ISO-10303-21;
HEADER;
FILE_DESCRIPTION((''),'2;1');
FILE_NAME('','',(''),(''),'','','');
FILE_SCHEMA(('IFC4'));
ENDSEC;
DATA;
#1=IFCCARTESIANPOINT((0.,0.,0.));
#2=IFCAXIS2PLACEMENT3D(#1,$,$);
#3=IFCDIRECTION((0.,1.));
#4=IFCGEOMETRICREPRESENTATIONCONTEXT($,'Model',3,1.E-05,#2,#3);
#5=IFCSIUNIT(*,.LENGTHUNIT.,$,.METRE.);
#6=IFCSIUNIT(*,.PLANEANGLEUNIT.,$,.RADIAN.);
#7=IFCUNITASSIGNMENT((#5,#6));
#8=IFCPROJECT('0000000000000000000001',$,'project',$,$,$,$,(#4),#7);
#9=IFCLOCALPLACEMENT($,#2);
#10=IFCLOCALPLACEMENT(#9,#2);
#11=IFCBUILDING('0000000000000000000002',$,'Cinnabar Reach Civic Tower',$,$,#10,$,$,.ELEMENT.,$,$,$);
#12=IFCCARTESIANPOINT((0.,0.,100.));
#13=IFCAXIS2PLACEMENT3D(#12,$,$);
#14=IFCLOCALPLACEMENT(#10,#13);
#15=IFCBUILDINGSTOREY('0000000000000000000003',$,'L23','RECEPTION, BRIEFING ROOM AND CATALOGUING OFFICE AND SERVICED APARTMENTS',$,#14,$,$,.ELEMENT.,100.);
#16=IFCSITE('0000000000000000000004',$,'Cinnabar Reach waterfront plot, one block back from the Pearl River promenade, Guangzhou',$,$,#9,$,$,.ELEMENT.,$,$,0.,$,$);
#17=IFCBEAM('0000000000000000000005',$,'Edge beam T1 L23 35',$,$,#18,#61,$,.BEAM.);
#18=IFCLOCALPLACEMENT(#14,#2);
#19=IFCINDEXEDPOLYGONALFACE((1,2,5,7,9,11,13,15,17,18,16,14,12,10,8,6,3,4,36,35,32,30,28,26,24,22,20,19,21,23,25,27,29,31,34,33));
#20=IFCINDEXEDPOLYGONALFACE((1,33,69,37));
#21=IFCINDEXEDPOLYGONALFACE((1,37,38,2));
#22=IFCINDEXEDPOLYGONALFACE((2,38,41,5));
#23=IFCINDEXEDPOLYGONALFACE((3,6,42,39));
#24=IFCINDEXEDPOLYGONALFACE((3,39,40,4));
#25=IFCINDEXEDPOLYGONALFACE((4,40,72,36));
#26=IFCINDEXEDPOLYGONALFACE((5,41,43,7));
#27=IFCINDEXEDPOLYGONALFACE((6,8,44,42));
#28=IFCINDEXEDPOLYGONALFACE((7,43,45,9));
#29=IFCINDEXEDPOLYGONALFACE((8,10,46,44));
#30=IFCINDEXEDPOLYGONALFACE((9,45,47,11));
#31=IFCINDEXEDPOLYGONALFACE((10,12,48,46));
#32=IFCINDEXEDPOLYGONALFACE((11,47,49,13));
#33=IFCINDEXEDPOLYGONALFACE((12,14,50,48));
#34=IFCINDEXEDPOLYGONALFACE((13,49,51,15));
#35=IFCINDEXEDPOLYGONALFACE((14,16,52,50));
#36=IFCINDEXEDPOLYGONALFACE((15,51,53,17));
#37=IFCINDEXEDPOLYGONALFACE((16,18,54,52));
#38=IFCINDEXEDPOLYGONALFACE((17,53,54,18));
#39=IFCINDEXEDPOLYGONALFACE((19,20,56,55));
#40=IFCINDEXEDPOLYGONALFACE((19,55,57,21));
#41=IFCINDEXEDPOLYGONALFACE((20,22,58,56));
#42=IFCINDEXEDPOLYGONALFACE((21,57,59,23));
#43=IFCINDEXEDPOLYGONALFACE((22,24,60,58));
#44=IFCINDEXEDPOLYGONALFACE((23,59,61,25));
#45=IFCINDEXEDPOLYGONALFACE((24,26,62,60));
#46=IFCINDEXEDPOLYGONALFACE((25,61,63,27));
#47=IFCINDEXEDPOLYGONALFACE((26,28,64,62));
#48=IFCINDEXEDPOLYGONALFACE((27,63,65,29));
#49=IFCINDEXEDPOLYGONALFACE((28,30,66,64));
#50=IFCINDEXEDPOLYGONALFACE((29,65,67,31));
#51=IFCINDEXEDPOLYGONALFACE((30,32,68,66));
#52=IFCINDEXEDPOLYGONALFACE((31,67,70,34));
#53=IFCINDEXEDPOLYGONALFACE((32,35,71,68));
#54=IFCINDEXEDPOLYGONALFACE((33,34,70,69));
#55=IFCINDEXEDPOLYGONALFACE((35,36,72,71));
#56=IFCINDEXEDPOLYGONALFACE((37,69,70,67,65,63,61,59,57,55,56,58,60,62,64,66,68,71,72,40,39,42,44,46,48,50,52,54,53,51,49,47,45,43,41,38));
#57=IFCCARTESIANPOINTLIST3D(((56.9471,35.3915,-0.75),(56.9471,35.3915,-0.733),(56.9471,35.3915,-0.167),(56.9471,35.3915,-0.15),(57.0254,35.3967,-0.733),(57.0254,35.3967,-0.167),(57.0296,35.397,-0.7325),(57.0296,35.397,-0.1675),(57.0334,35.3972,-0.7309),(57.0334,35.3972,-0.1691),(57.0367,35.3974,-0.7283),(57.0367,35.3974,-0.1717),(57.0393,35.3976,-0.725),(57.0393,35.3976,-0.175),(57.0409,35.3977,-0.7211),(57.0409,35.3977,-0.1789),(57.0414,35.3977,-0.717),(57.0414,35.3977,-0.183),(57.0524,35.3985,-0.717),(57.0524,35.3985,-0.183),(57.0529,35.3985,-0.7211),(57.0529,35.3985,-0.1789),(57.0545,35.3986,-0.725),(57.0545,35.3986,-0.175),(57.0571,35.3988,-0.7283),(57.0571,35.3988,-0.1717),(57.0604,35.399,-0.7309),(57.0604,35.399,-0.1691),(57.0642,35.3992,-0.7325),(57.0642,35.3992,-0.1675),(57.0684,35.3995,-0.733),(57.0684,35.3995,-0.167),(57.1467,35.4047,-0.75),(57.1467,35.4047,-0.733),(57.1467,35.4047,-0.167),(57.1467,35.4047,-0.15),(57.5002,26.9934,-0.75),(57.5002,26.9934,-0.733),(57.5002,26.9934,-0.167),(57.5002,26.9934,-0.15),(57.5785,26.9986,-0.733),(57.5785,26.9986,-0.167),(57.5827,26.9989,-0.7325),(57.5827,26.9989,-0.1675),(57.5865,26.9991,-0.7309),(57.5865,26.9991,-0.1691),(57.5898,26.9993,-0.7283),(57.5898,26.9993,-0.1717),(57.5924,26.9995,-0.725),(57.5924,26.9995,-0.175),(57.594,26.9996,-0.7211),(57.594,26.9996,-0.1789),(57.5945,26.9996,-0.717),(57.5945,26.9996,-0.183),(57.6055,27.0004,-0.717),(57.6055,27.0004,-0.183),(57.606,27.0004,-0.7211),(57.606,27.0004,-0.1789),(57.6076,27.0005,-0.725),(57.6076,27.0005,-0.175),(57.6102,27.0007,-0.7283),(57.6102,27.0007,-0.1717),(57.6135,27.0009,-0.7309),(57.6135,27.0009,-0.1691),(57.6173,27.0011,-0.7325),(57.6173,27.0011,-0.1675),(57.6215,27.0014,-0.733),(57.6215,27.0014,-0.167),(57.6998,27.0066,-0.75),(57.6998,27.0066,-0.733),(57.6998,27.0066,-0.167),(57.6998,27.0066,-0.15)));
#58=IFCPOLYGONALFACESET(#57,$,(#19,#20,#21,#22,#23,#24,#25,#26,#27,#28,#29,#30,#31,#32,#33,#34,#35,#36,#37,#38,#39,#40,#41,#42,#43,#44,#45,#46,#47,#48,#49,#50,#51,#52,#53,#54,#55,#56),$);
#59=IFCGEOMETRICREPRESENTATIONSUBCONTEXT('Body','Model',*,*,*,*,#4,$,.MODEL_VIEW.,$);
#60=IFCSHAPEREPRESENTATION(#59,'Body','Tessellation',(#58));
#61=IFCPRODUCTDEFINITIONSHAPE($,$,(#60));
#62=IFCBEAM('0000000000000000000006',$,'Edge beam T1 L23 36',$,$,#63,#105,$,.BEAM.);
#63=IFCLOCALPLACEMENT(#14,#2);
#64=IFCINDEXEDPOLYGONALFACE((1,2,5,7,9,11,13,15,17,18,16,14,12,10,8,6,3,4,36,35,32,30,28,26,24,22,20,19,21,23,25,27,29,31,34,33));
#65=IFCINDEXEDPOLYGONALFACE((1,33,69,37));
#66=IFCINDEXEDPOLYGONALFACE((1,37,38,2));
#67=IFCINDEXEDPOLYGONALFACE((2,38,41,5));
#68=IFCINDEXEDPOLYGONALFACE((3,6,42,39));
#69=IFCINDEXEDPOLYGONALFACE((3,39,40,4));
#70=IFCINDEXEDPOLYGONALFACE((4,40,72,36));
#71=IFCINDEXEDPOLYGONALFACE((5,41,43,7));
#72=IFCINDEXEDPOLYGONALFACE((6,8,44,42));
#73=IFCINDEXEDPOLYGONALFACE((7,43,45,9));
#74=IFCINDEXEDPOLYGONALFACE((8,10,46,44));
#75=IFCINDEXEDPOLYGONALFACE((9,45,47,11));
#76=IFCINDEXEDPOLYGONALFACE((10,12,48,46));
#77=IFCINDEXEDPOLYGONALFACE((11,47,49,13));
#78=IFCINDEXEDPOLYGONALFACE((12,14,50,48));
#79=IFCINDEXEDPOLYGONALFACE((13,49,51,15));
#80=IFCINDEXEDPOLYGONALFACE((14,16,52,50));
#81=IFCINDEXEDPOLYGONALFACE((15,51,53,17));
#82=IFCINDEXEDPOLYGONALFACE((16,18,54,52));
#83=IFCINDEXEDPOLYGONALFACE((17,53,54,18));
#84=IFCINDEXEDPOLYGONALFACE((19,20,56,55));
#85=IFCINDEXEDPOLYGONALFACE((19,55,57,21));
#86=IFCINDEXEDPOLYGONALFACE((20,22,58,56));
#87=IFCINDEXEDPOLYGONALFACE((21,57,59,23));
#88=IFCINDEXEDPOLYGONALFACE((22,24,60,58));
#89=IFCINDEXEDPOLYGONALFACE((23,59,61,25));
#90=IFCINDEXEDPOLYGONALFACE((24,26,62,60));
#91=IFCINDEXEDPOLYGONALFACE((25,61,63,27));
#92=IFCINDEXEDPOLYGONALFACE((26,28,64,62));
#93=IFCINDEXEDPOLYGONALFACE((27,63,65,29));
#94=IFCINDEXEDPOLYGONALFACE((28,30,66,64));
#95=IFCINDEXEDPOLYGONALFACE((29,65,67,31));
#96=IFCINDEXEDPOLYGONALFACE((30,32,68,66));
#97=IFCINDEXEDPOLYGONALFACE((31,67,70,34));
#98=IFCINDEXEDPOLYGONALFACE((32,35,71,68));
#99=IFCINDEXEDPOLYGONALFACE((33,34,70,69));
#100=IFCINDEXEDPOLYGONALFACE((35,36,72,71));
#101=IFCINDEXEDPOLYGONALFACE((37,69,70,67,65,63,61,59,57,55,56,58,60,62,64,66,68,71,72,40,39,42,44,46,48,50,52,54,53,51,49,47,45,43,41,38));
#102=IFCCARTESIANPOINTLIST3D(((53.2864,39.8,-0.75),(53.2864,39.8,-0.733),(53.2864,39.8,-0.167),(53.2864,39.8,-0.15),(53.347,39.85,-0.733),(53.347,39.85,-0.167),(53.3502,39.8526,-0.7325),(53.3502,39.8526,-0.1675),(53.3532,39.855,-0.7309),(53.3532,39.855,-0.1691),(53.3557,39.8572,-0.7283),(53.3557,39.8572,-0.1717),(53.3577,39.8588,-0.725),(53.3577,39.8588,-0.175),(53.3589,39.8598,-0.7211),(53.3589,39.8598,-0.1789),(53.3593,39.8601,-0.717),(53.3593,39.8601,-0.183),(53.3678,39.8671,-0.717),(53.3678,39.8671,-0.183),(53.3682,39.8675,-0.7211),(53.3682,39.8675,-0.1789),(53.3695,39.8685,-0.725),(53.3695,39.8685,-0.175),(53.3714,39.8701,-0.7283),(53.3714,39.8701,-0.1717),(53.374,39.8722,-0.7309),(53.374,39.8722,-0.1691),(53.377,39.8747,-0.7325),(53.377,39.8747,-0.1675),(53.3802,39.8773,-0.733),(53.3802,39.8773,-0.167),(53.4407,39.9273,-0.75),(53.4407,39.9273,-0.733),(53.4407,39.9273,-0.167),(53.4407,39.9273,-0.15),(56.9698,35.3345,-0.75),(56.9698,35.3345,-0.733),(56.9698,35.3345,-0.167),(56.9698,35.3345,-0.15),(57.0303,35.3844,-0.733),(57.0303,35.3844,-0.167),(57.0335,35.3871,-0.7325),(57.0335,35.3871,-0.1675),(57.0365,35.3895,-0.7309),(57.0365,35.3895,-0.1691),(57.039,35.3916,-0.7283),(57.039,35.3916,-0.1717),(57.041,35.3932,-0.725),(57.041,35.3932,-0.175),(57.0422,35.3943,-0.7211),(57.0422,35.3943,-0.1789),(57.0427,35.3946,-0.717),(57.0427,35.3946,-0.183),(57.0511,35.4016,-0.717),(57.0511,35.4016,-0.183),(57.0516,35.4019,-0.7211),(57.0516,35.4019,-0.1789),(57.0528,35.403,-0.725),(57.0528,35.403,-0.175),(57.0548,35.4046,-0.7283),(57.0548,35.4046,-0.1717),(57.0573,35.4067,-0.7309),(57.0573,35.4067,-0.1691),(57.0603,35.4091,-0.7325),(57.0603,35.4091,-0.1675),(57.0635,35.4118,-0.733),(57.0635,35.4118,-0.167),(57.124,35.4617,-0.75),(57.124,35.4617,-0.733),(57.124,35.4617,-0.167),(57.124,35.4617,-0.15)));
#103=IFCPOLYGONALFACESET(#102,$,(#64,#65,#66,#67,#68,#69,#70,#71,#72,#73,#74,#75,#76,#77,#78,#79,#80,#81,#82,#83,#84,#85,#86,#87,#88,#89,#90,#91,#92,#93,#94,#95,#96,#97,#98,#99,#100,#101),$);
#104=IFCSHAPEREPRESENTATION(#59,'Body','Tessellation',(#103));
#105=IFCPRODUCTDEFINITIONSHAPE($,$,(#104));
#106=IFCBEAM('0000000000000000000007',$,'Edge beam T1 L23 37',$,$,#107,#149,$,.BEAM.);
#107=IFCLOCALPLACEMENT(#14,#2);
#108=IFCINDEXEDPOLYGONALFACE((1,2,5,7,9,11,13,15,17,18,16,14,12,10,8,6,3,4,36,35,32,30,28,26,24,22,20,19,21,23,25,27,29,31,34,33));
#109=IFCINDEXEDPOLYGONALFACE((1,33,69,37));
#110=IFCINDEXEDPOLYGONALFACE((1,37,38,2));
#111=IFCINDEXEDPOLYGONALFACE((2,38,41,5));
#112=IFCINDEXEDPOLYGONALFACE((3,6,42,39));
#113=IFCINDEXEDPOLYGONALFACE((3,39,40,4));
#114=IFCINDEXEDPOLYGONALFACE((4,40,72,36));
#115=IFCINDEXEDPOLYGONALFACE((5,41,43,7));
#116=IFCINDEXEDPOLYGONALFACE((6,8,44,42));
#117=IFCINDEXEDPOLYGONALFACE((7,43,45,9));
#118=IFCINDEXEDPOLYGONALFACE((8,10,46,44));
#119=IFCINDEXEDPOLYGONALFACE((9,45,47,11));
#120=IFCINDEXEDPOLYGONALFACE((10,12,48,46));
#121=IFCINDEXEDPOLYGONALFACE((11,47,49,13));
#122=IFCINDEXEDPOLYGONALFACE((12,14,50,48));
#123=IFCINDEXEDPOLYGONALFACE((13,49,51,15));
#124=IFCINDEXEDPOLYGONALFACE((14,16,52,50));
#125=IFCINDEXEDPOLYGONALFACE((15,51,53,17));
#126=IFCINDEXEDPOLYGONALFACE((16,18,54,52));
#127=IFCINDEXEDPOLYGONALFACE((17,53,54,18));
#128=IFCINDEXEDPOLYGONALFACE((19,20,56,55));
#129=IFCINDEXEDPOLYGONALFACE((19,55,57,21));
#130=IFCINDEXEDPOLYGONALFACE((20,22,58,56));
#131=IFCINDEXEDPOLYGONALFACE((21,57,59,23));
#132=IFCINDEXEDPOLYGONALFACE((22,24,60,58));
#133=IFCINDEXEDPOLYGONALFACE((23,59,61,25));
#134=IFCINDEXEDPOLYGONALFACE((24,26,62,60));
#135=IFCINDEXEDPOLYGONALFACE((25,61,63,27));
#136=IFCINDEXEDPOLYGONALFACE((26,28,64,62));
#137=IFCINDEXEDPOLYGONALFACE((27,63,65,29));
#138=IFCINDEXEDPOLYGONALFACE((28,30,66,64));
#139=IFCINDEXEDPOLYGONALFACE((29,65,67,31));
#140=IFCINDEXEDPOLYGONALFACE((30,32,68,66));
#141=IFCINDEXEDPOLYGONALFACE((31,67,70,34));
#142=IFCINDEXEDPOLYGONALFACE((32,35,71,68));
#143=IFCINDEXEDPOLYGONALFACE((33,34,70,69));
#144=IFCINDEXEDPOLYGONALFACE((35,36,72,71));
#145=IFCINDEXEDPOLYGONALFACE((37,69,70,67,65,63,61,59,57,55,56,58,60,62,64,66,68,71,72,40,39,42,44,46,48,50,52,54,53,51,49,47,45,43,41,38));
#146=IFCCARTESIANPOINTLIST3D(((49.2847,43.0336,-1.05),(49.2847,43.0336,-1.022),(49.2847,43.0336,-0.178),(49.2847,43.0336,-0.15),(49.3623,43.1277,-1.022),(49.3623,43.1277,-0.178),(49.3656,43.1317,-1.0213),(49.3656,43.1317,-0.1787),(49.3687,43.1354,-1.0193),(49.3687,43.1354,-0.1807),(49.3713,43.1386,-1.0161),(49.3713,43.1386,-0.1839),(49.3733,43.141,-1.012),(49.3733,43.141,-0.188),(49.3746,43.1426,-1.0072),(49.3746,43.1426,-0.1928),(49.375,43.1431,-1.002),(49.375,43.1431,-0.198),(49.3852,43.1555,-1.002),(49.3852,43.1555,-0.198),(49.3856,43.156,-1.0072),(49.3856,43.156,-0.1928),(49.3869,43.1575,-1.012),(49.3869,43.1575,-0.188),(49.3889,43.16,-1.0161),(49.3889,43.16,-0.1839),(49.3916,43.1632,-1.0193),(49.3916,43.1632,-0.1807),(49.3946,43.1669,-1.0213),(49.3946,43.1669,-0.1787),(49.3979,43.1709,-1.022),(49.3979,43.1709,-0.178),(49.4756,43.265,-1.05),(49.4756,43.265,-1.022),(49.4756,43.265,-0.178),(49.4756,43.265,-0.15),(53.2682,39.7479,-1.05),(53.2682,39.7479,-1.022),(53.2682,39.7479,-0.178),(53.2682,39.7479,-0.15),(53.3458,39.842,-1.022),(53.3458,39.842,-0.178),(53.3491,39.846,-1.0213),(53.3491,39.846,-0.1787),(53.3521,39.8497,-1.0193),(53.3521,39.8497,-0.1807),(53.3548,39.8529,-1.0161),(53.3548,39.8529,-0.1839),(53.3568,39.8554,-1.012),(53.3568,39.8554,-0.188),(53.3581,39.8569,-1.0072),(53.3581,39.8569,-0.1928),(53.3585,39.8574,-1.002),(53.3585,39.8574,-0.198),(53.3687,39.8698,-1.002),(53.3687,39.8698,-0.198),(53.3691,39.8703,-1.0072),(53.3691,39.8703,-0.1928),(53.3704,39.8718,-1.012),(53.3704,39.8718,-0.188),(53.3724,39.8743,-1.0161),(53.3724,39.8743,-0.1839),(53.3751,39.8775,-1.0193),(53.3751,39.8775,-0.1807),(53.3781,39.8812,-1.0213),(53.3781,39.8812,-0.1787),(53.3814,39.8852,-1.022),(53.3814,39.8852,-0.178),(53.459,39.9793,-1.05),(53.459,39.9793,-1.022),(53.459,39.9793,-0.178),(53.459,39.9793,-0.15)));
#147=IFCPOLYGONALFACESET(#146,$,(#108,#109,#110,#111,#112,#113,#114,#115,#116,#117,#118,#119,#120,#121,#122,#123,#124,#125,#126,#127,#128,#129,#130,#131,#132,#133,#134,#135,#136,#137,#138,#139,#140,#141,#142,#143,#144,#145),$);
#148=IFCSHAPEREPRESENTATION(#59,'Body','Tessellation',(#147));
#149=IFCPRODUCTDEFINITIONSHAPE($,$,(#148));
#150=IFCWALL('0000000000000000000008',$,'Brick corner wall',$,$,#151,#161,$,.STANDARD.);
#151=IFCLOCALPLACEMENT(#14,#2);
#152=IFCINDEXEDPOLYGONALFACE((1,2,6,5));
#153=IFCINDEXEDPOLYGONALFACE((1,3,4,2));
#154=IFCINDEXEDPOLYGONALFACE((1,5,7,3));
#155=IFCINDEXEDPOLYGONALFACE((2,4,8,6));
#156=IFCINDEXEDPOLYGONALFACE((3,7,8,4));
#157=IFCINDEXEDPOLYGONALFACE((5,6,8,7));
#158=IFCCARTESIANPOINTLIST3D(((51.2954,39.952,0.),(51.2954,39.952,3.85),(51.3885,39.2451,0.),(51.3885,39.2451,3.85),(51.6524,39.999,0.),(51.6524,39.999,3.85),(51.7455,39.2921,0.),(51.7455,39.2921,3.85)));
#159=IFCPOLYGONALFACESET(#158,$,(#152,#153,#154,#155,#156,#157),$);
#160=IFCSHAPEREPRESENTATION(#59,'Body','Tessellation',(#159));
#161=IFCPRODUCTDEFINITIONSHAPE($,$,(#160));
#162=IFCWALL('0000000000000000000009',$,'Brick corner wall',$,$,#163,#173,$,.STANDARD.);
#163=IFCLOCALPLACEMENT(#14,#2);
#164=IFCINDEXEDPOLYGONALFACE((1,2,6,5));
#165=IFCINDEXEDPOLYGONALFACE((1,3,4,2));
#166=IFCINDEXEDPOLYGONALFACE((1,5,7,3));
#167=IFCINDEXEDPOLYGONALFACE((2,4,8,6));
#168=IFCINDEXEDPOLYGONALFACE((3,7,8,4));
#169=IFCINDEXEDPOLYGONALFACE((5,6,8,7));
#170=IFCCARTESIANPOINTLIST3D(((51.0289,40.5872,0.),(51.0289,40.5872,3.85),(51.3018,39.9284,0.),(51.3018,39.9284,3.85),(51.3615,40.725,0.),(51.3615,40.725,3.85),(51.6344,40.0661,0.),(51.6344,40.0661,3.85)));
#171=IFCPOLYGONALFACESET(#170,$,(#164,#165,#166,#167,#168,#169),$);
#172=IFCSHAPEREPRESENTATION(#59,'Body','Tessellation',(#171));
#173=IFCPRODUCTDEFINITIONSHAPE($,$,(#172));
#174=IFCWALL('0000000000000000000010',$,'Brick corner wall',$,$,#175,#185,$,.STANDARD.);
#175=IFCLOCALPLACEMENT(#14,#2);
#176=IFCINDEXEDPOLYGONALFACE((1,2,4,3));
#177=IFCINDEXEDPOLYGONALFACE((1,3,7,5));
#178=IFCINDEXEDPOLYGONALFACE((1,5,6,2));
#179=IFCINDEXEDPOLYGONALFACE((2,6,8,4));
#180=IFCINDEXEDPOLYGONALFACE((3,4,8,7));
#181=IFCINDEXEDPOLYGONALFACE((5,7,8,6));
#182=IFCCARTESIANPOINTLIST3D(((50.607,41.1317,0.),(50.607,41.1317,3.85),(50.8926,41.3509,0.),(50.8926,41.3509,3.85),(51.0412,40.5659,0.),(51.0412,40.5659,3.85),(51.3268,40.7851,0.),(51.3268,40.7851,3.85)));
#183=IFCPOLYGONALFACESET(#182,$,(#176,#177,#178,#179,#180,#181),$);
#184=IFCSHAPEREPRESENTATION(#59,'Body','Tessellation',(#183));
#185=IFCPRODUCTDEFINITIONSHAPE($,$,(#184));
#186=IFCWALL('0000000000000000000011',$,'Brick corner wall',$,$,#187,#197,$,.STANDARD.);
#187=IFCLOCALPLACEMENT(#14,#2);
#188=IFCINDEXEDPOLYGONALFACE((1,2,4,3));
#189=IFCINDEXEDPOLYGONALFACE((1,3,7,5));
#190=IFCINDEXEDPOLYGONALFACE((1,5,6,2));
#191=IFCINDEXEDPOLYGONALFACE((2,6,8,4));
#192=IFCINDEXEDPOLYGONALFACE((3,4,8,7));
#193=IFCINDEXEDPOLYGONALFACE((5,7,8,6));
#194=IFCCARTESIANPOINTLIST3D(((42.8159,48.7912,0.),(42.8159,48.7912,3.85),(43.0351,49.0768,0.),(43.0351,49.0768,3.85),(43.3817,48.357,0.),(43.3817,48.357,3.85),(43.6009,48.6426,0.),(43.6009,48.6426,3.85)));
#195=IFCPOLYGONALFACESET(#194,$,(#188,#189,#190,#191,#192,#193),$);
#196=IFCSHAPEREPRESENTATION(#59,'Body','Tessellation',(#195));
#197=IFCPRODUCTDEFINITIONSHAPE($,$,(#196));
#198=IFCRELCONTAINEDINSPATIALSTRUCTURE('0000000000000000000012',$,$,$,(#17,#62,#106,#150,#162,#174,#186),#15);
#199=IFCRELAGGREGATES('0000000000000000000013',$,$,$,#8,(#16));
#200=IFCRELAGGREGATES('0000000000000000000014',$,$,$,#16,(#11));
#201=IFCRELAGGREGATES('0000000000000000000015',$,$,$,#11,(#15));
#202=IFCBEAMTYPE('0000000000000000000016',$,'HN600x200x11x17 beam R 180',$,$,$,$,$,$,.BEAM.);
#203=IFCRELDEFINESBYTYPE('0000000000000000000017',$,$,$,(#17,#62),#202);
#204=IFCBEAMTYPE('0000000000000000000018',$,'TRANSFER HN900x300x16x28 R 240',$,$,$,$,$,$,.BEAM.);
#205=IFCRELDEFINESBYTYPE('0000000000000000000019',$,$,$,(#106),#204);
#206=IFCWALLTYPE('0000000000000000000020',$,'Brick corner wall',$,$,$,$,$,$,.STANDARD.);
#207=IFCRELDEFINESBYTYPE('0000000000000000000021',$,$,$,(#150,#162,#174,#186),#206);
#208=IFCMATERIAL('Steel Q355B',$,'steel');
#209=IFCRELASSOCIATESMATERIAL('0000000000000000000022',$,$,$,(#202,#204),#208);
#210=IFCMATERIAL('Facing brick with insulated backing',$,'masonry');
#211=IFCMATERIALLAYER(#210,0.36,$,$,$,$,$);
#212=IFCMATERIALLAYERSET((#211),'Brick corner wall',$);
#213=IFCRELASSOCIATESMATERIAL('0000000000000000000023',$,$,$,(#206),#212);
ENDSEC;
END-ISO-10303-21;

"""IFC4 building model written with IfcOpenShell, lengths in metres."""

from ifc_helpers import new_model, si_unit, direction, frame, frame_2d, origin, origin_2d, place, context, subcontext, project, spatial, rectangle, i_section, extrude, material, layer, layer_set, material_profile, profile_set, type_object, element, save


model = new_model("IFC4")

# Units and contexts
model_context = context("Model", 3, precision=1e-05, world=origin(), true_north=direction((0.0, 1.0)))
body_context = subcontext(model_context, "Body", "Model", "MODEL_VIEW")
ifc_project = project(units=[si_unit("LENGTHUNIT", "METRE"), si_unit("PLANEANGLEUNIT", "RADIAN")], contexts=[model_context])

# Site, building, storey
site_placement = place(None, origin())
site = spatial("IfcSite", under=ifc_project, at=site_placement, Name="Cinnabar Reach waterfront plot, one block back from the Pearl River promenade, Guangzhou", CompositionType="ELEMENT", RefElevation=0.0)
building_placement = place(site_placement, origin())
building = spatial("IfcBuilding", under=site, at=building_placement, Name="Cinnabar Reach Civic Tower", CompositionType="ELEMENT")
storey_placement = place(building_placement, frame((0.0, 0.0, 100.0)))
storey = spatial("IfcBuildingStorey", under=building, at=storey_placement, Name="L23", Description="RECEPTION, BRIEFING ROOM AND CATALOGUING OFFICE AND SERVICED APARTMENTS", CompositionType="ELEMENT", Elevation=100.0)

# Beams
ifc_material_1 = material(Name="Steel Q355B", Category="steel")
ifc_material_profile_1 = material_profile(ifc_material_1, i_section(OverallWidth=0.2, OverallDepth=0.6, WebThickness=0.011, FlangeThickness=0.017, FilletRadius=0.016, at=origin_2d()), Name="HN600x200x11x17")
ifc_profile_set_1 = profile_set([ifc_material_profile_1], Name="Steel Q355B")
beam_type_1 = type_object("IfcBeamType", Name="HN600x200x11x17 beam R 180", PredefinedType="BEAM", material=ifc_profile_set_1)
beam_1_placement = place(storey_placement, frame((57.6, 27.0, -0.45), z_axis=(-0.065718, 0.997838, 0.0), x_axis=(-0.997838, -0.065718, 0.0)))
element("IfcBeam", 1, at=beam_1_placement, inside=storey, type_object=beam_type_1, Name="Edge beam T1 L23 35", PredefinedType="BEAM", context=body_context, shape_type="SweptSolid", body=[
    extrude(i_section(OverallWidth=0.2, OverallDepth=0.6, WebThickness=0.011, FlangeThickness=0.017, FilletRadius=0.016, at=origin_2d()), origin(), (0.0, 0.0, 1.0), 8.4163),
])
beam_2_placement = place(storey_placement, frame((57.0469, 35.3981, -0.45), z_axis=(-0.636307, 0.771436, 0.0), x_axis=(-0.771436, -0.636307, 0.0)))
element("IfcBeam", 2, at=beam_2_placement, inside=storey, type_object=beam_type_1, Name="Edge beam T1 L23 36", PredefinedType="BEAM", context=body_context, shape_type="SweptSolid", body=[
    extrude(i_section(OverallWidth=0.2, OverallDepth=0.6, WebThickness=0.011, FlangeThickness=0.017, FilletRadius=0.016, at=origin_2d()), origin(), (0.0, 0.0, 1.0), 5.7886),
])
ifc_material_profile_2 = material_profile(ifc_material_1, i_section(OverallWidth=0.3, OverallDepth=0.9, WebThickness=0.016, FlangeThickness=0.028, FilletRadius=0.02, at=origin_2d()), Name="HN900x300x16x28")
ifc_profile_set_2 = profile_set([ifc_material_profile_2], Name="Steel Q355B")
beam_type_2 = type_object("IfcBeamType", Name="TRANSFER HN900x300x16x28 R 240", PredefinedType="BEAM", material=ifc_profile_set_2)
beam_3_placement = place(storey_placement, frame((53.3636, 39.8636, -0.6), z_axis=(-0.771439, 0.636304, 0.0), x_axis=(-0.636304, -0.771439, 0.0)))
element("IfcBeam", 3, at=beam_3_placement, inside=storey, type_object=beam_type_2, Name="Edge beam T1 L23 37", PredefinedType="BEAM", context=body_context, shape_type="SweptSolid", body=[
    extrude(i_section(OverallWidth=0.3, OverallDepth=0.9, WebThickness=0.016, FlangeThickness=0.028, FilletRadius=0.02, at=origin_2d()), origin(), (0.0, 0.0, 1.0), 5.1637),
])

# Walls
ifc_material_2 = material(Name="Facing brick with insulated backing", Category="masonry")
ifc_layer_1 = layer(ifc_material_2, 0.36)
ifc_layer_set_1 = layer_set([ifc_layer_1], Name="Brick corner wall")
wall_type_1 = type_object("IfcWallType", Name="Brick corner wall", PredefinedType="STANDARD", material=ifc_layer_set_1)
for number, where, z_axis, x_axis, name in (
    (4, (51.567, 39.2686, 0.0), (0.0, 0.0, 1.0), (-0.130556, 0.991441, 0.0), "Brick corner wall"),
    (5, (51.4681, 39.9973, 0.0), (0.0, 0.0, 1.0), (-0.382703, 0.923872, 0.0), "Brick corner wall"),
):
    element("IfcWall", number, at=place(storey_placement, frame(where, z_axis=z_axis, x_axis=x_axis)), inside=storey, type_object=wall_type_1, Name=name, PredefinedType="STANDARD", context=body_context, shape_type="SweptSolid", body=[
        extrude(rectangle(XDim=0.7131, YDim=0.36, at=frame_2d((0.3565, 0.0))), origin(), (0.0, 0.0, 1.0), 3.85),
    ])
for number, where, z_axis, x_axis, name in (
    (6, (51.184, 40.6755, 0.0), (0.0, 0.0, 1.0), (-0.608802, 0.793322, 0.0), "Brick corner wall"),
    (7, (43.4913, 48.4998, 0.0), (0.0, 0.0, 1.0), (-0.793322, 0.608802, 0.0), "Brick corner wall"),
):
    element("IfcWall", number, at=place(storey_placement, frame(where, z_axis=z_axis, x_axis=x_axis)), inside=storey, type_object=wall_type_1, Name=name, PredefinedType="STANDARD", context=body_context, shape_type="SweptSolid", body=[
        extrude(rectangle(XDim=0.7132, YDim=0.36, at=frame_2d((0.3566, 0.0))), origin(), (0.0, 0.0, 1.0), 3.85),
    ])

save(model, "model.ifc")
